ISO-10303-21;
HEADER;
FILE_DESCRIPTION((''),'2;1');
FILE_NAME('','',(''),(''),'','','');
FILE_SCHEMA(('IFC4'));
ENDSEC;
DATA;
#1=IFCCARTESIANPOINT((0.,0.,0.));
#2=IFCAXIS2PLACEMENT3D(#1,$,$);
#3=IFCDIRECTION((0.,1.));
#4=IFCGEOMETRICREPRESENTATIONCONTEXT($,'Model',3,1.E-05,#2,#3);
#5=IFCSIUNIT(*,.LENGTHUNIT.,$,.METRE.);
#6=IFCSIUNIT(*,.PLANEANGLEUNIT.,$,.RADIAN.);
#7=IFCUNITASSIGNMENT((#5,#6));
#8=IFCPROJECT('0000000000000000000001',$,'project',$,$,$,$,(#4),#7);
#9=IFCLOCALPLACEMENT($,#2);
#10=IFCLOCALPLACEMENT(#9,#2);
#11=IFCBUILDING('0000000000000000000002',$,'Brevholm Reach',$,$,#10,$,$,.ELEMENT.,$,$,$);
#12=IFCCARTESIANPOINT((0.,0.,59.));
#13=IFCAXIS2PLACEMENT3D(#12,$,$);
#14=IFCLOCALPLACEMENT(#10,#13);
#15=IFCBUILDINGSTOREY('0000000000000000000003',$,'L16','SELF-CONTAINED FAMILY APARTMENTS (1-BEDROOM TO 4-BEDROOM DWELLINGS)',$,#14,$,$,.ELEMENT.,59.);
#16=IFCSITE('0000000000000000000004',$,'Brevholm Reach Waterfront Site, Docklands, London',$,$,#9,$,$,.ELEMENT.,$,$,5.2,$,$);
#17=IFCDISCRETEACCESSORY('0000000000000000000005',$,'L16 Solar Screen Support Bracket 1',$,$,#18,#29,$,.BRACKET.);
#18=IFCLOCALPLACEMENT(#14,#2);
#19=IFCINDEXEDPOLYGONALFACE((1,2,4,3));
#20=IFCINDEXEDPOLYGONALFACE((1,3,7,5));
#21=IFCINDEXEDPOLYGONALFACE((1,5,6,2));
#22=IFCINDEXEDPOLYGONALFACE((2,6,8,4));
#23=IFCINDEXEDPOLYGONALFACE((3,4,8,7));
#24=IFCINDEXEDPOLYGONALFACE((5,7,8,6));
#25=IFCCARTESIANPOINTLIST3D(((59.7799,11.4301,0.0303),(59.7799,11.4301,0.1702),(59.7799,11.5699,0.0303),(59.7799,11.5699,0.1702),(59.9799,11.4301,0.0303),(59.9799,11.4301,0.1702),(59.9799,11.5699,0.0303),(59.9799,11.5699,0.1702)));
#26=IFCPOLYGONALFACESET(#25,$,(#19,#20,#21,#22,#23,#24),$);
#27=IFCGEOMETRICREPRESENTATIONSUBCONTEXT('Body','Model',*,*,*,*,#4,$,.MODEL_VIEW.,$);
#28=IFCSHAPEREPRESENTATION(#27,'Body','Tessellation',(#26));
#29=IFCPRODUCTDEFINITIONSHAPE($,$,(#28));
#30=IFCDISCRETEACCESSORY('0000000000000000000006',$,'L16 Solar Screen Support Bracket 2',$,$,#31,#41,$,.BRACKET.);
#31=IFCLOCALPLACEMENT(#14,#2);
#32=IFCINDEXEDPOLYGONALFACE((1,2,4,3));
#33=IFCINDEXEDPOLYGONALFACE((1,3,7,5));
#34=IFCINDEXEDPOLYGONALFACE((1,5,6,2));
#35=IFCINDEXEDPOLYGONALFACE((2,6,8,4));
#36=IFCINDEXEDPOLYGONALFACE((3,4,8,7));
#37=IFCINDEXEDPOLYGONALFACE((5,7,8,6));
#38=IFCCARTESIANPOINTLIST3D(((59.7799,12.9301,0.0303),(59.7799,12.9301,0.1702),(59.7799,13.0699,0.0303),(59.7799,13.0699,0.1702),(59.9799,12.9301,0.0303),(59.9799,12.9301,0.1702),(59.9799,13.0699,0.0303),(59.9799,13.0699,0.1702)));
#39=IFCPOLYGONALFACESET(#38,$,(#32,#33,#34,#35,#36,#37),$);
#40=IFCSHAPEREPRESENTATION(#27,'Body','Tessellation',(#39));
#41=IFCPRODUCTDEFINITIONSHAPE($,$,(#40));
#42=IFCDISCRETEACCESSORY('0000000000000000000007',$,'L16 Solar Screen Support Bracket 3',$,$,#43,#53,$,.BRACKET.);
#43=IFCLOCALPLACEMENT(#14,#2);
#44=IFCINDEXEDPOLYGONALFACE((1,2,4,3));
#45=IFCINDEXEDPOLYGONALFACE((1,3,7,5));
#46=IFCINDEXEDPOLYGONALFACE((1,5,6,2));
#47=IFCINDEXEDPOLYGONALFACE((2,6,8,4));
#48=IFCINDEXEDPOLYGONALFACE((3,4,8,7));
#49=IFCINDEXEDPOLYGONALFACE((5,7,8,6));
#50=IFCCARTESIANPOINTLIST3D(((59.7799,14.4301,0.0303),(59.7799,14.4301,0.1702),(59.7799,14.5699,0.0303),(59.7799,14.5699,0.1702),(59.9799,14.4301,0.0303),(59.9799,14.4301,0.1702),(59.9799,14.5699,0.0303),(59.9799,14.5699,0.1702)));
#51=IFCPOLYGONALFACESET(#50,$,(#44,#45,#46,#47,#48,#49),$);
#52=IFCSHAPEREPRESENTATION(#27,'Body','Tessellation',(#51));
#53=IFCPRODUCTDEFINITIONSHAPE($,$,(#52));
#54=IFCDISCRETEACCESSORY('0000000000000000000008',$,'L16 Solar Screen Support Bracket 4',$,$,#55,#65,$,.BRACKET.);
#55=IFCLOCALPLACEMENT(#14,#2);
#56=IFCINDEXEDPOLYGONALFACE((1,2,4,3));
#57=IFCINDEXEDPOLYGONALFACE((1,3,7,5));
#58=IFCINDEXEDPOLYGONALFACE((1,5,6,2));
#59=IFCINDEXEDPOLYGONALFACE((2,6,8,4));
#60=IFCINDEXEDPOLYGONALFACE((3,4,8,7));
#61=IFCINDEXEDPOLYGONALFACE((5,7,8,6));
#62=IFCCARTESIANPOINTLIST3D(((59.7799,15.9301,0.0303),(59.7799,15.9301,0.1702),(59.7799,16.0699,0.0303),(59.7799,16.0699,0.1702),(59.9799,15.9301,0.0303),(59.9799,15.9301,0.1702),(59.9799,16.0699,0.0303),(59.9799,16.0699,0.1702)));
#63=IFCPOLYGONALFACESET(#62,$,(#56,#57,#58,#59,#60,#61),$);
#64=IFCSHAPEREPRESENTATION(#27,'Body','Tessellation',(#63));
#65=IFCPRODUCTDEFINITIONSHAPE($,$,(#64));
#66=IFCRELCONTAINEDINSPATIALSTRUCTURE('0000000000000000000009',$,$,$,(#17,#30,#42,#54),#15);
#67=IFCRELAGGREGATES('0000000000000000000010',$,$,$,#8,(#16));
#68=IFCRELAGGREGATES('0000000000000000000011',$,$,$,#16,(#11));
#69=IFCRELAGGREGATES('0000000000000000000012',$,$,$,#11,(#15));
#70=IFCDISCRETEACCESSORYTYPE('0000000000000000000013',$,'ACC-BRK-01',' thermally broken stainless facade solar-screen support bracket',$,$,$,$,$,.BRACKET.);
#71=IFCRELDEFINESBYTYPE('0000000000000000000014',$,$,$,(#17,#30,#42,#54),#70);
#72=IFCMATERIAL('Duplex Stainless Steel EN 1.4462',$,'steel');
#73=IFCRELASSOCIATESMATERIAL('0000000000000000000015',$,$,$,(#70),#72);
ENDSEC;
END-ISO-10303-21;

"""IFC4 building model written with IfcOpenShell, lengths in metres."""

from ifc_helpers import new_model, si_unit, direction, frame, origin, origin_2d, place, context, subcontext, project, spatial, rectangle, extrude, material, type_object, element, save


model = new_model("IFC4")

# Units and contexts
model_context = context("Model", 3, precision=1e-05, world=origin(), true_north=direction((0.0, 1.0)))
body_context = subcontext(model_context, "Body", "Model", "MODEL_VIEW")
ifc_project = project(units=[si_unit("LENGTHUNIT", "METRE"), si_unit("PLANEANGLEUNIT", "RADIAN")], contexts=[model_context])

# Site, building, storey
site_placement = place(None, origin())
site = spatial("IfcSite", under=ifc_project, at=site_placement, Name="Brevholm Reach Waterfront Site, Docklands, London", CompositionType="ELEMENT", RefElevation=5.2)
building_placement = place(site_placement, origin())
building = spatial("IfcBuilding", under=site, at=building_placement, Name="Brevholm Reach", CompositionType="ELEMENT")
storey_placement = place(building_placement, frame((0.0, 0.0, 59.0)))
storey = spatial("IfcBuildingStorey", under=building, at=storey_placement, Name="L16", Description="SELF-CONTAINED FAMILY APARTMENTS (1-BEDROOM TO 4-BEDROOM DWELLINGS)", CompositionType="ELEMENT", Elevation=59.0)

# Discrete accessories
ifc_material_1 = material(Name="Duplex Stainless Steel EN 1.4462", Category="steel")
discrete_accessory_type = type_object("IfcDiscreteAccessoryType", Name="ACC-BRK-01", Description=" thermally broken stainless facade solar-screen support bracket", PredefinedType="BRACKET", material=ifc_material_1)
for number, where, z_axis, x_axis, name in (
    (1, (59.8799, 11.5, 0.0303), (0.0, 0.0, 1.0), (1.0, 0.0, 0.0), "L16 Solar Screen Support Bracket 1"),
    (2, (59.8799, 13.0, 0.0303), (0.0, 0.0, 1.0), (1.0, 0.0, 0.0), "L16 Solar Screen Support Bracket 2"),
    (3, (59.8799, 14.5, 0.0303), (0.0, 0.0, 1.0), (1.0, 0.0, 0.0), "L16 Solar Screen Support Bracket 3"),
    (4, (59.8799, 16.0, 0.0303), (0.0, 0.0, 1.0), (1.0, 0.0, 0.0), "L16 Solar Screen Support Bracket 4"),
):
    element("IfcDiscreteAccessory", number, at=place(storey_placement, frame(where, z_axis=z_axis, x_axis=x_axis)), inside=storey, type_object=discrete_accessory_type, Name=name, PredefinedType="BRACKET", context=body_context, shape_type="SweptSolid", body=[
        extrude(rectangle(XDim=0.2, YDim=0.1399, at=origin_2d()), origin(), (0.0, 0.0, 1.0), 0.1399),
    ])

save(model, "model.ifc")
